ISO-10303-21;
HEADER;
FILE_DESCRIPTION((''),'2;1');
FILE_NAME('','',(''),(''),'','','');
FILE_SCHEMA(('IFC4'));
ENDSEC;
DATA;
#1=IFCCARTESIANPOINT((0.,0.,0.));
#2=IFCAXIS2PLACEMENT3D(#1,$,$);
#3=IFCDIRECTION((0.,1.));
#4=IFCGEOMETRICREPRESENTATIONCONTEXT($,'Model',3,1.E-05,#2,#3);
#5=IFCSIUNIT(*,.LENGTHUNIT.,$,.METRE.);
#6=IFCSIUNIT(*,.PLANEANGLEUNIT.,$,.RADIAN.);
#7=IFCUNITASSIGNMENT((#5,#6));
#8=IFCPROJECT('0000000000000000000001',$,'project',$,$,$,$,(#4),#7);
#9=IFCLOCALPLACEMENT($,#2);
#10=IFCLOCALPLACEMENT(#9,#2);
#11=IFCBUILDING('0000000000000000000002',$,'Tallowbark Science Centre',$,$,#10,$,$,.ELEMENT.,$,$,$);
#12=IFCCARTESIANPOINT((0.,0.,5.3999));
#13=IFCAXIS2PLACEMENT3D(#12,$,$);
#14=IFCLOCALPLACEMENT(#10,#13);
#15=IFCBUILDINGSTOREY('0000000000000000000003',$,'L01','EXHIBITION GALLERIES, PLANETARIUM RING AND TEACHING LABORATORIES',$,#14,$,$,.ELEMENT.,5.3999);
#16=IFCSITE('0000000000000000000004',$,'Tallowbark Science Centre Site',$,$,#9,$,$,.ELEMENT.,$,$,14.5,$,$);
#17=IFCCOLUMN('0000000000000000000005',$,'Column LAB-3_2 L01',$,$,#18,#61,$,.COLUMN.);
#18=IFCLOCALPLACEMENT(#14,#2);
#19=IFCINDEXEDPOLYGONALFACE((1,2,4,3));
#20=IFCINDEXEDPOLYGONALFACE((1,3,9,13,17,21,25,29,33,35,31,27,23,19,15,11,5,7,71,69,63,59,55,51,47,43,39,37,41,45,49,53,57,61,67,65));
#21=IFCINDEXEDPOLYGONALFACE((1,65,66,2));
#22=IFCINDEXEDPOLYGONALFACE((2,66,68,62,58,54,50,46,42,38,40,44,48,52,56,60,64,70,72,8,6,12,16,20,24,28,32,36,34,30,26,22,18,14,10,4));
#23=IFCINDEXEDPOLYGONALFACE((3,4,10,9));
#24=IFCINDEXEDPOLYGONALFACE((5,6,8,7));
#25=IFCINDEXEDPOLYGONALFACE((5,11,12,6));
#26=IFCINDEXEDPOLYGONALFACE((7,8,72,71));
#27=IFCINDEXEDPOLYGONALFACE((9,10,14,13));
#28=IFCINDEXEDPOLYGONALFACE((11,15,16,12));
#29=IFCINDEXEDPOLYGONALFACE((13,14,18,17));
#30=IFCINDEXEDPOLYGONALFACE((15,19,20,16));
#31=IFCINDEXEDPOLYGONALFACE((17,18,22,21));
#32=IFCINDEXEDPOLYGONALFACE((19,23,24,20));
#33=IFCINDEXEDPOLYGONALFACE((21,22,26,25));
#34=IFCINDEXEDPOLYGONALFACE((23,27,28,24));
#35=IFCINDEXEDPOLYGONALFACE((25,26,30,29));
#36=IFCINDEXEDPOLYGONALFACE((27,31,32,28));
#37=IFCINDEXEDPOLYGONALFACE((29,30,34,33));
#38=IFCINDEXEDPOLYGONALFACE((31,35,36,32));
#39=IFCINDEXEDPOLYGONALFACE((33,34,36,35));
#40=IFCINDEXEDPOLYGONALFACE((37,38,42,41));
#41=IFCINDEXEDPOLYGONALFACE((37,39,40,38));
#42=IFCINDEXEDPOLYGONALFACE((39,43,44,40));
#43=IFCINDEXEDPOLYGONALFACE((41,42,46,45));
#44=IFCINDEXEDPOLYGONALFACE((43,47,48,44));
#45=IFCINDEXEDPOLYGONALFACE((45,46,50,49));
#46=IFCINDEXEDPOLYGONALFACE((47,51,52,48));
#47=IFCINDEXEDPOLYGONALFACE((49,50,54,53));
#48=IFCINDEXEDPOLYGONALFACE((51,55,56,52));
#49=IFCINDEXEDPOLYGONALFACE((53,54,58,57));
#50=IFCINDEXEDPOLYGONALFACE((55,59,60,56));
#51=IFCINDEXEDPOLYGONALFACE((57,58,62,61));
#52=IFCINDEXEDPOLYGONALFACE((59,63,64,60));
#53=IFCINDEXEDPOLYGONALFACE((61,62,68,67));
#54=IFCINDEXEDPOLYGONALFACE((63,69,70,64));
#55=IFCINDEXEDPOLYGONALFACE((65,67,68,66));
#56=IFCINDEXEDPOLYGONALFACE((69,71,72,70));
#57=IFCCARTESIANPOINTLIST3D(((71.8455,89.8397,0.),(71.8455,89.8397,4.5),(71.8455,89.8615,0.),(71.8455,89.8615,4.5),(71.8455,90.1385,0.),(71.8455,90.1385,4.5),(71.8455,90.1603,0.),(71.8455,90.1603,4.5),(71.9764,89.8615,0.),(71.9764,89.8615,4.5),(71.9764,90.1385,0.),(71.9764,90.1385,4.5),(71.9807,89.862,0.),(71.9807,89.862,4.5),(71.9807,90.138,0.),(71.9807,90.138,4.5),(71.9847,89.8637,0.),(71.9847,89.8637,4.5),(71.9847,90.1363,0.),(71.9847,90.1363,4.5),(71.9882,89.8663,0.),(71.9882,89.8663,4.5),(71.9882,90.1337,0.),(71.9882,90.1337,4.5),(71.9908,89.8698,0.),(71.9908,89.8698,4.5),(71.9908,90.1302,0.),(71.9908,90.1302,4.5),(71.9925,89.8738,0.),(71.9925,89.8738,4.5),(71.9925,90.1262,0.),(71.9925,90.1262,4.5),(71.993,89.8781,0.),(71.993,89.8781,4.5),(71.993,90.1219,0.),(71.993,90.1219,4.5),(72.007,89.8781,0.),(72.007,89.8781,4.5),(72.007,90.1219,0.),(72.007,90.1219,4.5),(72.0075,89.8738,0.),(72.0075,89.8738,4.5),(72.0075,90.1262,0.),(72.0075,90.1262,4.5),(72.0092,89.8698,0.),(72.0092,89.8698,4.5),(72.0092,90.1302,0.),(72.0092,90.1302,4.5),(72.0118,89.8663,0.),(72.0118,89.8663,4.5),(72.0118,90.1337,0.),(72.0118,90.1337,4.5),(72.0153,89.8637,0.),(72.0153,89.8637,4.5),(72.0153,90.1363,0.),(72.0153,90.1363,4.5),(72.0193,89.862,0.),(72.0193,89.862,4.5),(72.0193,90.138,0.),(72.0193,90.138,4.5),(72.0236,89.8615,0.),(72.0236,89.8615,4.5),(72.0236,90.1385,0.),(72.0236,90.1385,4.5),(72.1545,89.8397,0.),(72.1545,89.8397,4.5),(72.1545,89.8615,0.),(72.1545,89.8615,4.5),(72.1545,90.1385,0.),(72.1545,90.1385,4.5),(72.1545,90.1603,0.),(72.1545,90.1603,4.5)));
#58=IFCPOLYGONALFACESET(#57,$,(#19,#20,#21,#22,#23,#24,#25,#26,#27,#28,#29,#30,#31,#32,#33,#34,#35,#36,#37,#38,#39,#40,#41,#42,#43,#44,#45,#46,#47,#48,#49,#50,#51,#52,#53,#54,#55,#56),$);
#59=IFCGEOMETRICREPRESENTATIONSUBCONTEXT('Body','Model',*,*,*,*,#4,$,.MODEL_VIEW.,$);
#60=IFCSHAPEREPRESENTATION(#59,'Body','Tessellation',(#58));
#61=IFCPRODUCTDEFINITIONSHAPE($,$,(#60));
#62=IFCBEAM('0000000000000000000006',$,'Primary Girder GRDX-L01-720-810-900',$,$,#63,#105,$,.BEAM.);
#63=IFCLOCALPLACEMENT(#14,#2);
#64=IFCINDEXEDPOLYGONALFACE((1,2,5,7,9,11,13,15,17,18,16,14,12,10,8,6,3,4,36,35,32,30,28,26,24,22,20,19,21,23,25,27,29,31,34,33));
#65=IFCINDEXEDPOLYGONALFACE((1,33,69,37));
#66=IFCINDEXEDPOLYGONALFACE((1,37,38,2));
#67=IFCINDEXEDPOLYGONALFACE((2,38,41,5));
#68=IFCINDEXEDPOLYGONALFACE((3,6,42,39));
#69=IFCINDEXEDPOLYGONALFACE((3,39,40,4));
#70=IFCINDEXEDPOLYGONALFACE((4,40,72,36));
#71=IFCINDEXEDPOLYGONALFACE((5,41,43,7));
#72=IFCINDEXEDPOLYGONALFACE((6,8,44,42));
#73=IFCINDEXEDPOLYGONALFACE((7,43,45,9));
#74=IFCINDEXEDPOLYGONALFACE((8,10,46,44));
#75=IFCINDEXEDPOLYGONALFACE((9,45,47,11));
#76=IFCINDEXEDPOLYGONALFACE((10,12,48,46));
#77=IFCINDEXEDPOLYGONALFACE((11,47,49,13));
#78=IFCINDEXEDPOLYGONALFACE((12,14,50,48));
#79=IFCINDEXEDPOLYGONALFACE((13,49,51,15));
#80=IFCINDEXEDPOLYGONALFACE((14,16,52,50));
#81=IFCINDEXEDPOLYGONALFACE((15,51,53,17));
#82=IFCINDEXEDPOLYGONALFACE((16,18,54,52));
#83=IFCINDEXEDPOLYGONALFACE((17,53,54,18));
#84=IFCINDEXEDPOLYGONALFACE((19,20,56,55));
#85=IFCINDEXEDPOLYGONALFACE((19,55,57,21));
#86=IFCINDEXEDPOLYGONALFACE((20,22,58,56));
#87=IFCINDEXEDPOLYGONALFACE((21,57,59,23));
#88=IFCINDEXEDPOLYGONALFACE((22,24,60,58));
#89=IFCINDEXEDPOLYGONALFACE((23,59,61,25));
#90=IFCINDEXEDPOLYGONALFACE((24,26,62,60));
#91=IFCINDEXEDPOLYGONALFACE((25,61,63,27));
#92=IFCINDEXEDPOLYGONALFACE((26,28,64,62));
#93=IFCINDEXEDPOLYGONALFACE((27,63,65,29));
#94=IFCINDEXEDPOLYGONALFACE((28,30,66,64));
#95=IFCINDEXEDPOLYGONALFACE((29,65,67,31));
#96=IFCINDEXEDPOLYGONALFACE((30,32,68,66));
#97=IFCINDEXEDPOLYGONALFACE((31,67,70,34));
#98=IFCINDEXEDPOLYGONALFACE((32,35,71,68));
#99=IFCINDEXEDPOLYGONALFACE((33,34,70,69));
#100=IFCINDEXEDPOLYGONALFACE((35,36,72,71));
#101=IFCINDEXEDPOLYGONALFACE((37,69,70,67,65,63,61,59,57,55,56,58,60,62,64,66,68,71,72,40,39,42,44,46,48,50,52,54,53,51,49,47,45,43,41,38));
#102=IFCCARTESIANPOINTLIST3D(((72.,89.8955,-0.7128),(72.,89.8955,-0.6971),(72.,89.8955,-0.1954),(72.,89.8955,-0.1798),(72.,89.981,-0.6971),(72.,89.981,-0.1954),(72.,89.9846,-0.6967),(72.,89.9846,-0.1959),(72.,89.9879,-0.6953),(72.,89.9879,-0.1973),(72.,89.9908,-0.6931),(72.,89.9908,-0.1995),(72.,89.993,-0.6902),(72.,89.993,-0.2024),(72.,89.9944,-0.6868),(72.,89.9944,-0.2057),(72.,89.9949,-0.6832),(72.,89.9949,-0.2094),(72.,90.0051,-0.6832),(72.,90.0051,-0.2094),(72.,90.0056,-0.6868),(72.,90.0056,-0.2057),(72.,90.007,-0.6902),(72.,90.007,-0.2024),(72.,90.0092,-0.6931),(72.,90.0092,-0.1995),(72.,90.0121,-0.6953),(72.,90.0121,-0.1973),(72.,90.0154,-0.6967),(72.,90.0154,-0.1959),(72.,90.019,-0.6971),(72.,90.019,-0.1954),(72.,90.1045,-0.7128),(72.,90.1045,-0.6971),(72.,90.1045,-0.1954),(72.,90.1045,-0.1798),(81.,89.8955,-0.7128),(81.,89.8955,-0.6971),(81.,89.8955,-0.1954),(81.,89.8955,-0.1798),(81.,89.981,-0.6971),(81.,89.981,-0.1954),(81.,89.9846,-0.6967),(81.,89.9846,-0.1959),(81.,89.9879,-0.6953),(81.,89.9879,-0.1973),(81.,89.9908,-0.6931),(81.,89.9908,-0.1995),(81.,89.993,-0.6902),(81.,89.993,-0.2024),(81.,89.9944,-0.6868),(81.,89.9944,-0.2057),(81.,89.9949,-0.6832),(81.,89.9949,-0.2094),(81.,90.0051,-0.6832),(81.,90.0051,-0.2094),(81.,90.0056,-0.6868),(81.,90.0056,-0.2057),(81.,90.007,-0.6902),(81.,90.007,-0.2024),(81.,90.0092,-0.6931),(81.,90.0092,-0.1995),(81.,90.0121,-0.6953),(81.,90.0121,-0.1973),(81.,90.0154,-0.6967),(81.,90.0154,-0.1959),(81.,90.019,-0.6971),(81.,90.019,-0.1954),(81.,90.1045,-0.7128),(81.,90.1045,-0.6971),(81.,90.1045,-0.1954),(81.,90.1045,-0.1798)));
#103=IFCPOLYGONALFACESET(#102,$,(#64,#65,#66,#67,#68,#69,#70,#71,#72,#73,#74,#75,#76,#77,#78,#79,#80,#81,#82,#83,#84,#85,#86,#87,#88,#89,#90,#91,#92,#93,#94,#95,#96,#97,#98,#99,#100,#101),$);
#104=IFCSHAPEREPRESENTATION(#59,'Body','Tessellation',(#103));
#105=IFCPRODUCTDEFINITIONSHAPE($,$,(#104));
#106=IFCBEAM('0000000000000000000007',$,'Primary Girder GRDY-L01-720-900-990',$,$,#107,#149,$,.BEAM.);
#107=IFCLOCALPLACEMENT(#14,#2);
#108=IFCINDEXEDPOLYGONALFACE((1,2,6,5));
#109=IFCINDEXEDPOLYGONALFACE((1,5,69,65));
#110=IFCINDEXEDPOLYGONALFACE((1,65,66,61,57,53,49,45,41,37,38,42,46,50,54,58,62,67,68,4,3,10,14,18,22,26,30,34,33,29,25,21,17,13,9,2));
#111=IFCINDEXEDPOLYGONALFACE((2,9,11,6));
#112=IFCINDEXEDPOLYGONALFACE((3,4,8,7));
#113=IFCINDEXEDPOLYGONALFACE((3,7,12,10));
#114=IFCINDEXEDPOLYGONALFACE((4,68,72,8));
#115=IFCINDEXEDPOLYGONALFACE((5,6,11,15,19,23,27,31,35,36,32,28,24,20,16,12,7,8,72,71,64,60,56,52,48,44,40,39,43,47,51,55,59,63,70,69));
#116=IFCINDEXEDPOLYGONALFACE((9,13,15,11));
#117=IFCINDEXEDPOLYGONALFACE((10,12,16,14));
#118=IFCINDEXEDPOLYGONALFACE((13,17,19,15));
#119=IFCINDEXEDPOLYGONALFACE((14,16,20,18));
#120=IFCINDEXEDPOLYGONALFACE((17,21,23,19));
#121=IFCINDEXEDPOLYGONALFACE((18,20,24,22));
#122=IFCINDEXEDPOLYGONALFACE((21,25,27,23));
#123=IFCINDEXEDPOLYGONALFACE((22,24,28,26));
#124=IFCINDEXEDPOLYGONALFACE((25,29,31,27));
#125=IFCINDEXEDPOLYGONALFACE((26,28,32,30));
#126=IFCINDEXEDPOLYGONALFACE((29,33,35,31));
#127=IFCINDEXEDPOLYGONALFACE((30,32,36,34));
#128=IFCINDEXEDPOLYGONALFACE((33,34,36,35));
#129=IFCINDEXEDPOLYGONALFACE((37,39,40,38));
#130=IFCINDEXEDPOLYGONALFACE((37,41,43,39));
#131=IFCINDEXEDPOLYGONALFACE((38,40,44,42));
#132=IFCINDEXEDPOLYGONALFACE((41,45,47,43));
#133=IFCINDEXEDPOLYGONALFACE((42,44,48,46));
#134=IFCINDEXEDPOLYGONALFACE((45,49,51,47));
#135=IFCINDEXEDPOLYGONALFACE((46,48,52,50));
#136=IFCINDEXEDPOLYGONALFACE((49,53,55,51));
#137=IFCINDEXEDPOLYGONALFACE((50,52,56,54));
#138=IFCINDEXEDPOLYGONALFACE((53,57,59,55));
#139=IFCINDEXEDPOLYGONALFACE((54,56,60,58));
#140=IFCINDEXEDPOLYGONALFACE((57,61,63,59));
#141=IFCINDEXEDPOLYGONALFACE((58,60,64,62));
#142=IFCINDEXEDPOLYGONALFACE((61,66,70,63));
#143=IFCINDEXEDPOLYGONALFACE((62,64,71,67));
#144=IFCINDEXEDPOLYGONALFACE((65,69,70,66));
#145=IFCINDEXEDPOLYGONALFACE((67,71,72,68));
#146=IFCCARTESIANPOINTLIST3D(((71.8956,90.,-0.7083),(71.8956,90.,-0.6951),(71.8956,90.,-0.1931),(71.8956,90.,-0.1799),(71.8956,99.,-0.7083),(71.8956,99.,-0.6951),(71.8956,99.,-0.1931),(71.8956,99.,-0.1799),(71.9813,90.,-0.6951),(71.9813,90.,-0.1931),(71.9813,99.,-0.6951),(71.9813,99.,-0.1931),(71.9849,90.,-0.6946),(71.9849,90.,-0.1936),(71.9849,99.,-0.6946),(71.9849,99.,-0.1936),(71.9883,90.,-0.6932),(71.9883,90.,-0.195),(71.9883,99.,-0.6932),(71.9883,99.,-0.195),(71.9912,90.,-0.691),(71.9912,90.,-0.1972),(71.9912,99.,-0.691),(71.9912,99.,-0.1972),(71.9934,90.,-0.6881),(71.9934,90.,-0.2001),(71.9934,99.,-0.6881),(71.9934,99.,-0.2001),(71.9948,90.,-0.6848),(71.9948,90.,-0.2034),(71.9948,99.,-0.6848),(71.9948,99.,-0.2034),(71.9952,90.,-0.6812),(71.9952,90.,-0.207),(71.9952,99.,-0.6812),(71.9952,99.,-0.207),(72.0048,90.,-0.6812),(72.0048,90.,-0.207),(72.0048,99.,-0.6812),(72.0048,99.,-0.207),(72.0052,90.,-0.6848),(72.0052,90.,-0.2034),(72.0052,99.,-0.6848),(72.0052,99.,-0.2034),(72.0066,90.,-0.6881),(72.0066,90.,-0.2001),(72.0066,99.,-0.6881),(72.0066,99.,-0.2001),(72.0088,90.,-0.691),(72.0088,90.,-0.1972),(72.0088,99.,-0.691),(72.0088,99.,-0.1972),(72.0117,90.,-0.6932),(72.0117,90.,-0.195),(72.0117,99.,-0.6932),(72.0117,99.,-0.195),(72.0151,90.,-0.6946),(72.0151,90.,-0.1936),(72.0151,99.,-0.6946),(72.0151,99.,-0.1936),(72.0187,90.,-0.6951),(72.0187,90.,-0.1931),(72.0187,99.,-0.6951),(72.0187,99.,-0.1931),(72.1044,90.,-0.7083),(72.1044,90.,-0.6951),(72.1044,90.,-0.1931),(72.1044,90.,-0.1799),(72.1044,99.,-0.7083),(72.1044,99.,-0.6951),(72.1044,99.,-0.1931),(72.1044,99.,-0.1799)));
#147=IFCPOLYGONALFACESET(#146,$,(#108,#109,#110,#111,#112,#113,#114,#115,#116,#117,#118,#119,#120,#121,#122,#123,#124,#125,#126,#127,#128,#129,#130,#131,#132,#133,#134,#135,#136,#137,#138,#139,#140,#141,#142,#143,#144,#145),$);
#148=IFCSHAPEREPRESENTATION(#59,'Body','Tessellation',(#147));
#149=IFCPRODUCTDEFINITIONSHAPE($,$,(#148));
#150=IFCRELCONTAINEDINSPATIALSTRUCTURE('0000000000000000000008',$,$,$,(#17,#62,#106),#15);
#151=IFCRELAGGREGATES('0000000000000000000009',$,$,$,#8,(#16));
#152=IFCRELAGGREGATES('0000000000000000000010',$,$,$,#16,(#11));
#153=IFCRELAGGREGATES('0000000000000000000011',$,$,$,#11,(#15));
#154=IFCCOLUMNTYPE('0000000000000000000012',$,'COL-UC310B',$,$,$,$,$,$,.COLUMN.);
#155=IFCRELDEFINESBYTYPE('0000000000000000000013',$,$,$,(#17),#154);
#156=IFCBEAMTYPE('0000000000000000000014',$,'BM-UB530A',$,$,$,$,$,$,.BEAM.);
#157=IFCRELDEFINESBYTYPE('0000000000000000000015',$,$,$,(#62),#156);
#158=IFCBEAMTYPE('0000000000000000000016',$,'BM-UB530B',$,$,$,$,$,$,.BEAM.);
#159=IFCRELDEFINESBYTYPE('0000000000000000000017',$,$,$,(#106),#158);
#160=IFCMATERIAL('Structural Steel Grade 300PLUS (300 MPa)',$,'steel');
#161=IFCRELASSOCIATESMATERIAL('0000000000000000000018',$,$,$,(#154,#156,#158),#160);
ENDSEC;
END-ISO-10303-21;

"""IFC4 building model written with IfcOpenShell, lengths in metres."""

from ifc_helpers import new_model, si_unit, direction, frame, origin, origin_2d, place, context, subcontext, project, spatial, i_section, extrude, material, material_profile, profile_set, type_object, element, save


model = new_model("IFC4")

# Units and contexts
model_context = context("Model", 3, precision=1e-05, world=origin(), true_north=direction((0.0, 1.0)))
body_context = subcontext(model_context, "Body", "Model", "MODEL_VIEW")
ifc_project = project(units=[si_unit("LENGTHUNIT", "METRE"), si_unit("PLANEANGLEUNIT", "RADIAN")], contexts=[model_context])

# Site, building, storey
site_placement = place(None, origin())
site = spatial("IfcSite", under=ifc_project, at=site_placement, Name="Tallowbark Science Centre Site", CompositionType="ELEMENT", RefElevation=14.5)
building_placement = place(site_placement, origin())
building = spatial("IfcBuilding", under=site, at=building_placement, Name="Tallowbark Science Centre", CompositionType="ELEMENT")
storey_placement = place(building_placement, frame((0.0, 0.0, 5.3999)))
storey = spatial("IfcBuildingStorey", under=building, at=storey_placement, Name="L01", Description="EXHIBITION GALLERIES, PLANETARIUM RING AND TEACHING LABORATORIES", CompositionType="ELEMENT", Elevation=5.3999)

# Column
ifc_material_1 = material(Name="Structural Steel Grade 300PLUS (300 MPa)", Category="steel")
ifc_material_profile_1 = material_profile(ifc_material_1, i_section(OverallWidth=0.3091, OverallDepth=0.3206, WebThickness=0.0139, FlangeThickness=0.0217, FilletRadius=0.0166, at=origin_2d()), Name="310UC137")
ifc_profile_set_1 = profile_set([ifc_material_profile_1], Name="Structural Steel Grade 300PLUS (300 MPa)")
column_type = type_object("IfcColumnType", Name="COL-UC310B", PredefinedType="COLUMN", material=ifc_profile_set_1)
column_placement = place(storey_placement, frame((72.0, 90.0, 0.0), z_axis=(0.0, 0.0, 1.0), x_axis=(1.0, 0.0, 0.0)))
element("IfcColumn", 1, at=column_placement, inside=storey, type_object=column_type, Name="Column LAB-3_2 L01", PredefinedType="COLUMN", context=body_context, shape_type="SweptSolid", body=[
    extrude(i_section(OverallWidth=0.3091, OverallDepth=0.3206, WebThickness=0.0139, FlangeThickness=0.0217, FilletRadius=0.0166, at=origin_2d()), origin(), (0.0, 0.0, 1.0), 4.5),
])

# Beams
ifc_material_profile_2 = material_profile(ifc_material_1, i_section(OverallWidth=0.209, OverallDepth=0.533, WebThickness=0.0103, FlangeThickness=0.0156, FilletRadius=0.0139, at=origin_2d()), Name="530UB92.4")
ifc_profile_set_2 = profile_set([ifc_material_profile_2], Name="Structural Steel Grade 300PLUS (300 MPa)")
beam_type_1 = type_object("IfcBeamType", Name="BM-UB530A", PredefinedType="BEAM", material=ifc_profile_set_2)
beam_1_placement = place(storey_placement, frame((72.0, 90.0, -0.4463), z_axis=(1.0, 0.0, 0.0), x_axis=(0.0, 1.0, 0.0)))
element("IfcBeam", 2, at=beam_1_placement, inside=storey, type_object=beam_type_1, Name="Primary Girder GRDX-L01-720-810-900", PredefinedType="BEAM", context=body_context, shape_type="SweptSolid", body=[
    extrude(i_section(OverallWidth=0.209, OverallDepth=0.533, WebThickness=0.0103, FlangeThickness=0.0156, FilletRadius=0.0139, at=origin_2d()), origin(), (0.0, 0.0, 1.0), 9.0),
])
ifc_material_profile_3 = material_profile(ifc_material_1, i_section(OverallWidth=0.2087, OverallDepth=0.5283, WebThickness=0.0095, FlangeThickness=0.0132, FilletRadius=0.0139, at=origin_2d()), Name="530UB82.0")
ifc_profile_set_3 = profile_set([ifc_material_profile_3], Name="Structural Steel Grade 300PLUS (300 MPa)")
beam_type_2 = type_object("IfcBeamType", Name="BM-UB530B", PredefinedType="BEAM", material=ifc_profile_set_3)
beam_2_placement = place(storey_placement, frame((72.0, 90.0, -0.4441), z_axis=(0.0, 1.0, 0.0), x_axis=(-1.0, 0.0, 0.0)))
element("IfcBeam", 3, at=beam_2_placement, inside=storey, type_object=beam_type_2, Name="Primary Girder GRDY-L01-720-900-990", PredefinedType="BEAM", context=body_context, shape_type="SweptSolid", body=[
    extrude(i_section(OverallWidth=0.2087, OverallDepth=0.5283, WebThickness=0.0095, FlangeThickness=0.0132, FilletRadius=0.0139, at=origin_2d()), origin(), (0.0, 0.0, 1.0), 9.0),
])

save(model, "model.ifc")
